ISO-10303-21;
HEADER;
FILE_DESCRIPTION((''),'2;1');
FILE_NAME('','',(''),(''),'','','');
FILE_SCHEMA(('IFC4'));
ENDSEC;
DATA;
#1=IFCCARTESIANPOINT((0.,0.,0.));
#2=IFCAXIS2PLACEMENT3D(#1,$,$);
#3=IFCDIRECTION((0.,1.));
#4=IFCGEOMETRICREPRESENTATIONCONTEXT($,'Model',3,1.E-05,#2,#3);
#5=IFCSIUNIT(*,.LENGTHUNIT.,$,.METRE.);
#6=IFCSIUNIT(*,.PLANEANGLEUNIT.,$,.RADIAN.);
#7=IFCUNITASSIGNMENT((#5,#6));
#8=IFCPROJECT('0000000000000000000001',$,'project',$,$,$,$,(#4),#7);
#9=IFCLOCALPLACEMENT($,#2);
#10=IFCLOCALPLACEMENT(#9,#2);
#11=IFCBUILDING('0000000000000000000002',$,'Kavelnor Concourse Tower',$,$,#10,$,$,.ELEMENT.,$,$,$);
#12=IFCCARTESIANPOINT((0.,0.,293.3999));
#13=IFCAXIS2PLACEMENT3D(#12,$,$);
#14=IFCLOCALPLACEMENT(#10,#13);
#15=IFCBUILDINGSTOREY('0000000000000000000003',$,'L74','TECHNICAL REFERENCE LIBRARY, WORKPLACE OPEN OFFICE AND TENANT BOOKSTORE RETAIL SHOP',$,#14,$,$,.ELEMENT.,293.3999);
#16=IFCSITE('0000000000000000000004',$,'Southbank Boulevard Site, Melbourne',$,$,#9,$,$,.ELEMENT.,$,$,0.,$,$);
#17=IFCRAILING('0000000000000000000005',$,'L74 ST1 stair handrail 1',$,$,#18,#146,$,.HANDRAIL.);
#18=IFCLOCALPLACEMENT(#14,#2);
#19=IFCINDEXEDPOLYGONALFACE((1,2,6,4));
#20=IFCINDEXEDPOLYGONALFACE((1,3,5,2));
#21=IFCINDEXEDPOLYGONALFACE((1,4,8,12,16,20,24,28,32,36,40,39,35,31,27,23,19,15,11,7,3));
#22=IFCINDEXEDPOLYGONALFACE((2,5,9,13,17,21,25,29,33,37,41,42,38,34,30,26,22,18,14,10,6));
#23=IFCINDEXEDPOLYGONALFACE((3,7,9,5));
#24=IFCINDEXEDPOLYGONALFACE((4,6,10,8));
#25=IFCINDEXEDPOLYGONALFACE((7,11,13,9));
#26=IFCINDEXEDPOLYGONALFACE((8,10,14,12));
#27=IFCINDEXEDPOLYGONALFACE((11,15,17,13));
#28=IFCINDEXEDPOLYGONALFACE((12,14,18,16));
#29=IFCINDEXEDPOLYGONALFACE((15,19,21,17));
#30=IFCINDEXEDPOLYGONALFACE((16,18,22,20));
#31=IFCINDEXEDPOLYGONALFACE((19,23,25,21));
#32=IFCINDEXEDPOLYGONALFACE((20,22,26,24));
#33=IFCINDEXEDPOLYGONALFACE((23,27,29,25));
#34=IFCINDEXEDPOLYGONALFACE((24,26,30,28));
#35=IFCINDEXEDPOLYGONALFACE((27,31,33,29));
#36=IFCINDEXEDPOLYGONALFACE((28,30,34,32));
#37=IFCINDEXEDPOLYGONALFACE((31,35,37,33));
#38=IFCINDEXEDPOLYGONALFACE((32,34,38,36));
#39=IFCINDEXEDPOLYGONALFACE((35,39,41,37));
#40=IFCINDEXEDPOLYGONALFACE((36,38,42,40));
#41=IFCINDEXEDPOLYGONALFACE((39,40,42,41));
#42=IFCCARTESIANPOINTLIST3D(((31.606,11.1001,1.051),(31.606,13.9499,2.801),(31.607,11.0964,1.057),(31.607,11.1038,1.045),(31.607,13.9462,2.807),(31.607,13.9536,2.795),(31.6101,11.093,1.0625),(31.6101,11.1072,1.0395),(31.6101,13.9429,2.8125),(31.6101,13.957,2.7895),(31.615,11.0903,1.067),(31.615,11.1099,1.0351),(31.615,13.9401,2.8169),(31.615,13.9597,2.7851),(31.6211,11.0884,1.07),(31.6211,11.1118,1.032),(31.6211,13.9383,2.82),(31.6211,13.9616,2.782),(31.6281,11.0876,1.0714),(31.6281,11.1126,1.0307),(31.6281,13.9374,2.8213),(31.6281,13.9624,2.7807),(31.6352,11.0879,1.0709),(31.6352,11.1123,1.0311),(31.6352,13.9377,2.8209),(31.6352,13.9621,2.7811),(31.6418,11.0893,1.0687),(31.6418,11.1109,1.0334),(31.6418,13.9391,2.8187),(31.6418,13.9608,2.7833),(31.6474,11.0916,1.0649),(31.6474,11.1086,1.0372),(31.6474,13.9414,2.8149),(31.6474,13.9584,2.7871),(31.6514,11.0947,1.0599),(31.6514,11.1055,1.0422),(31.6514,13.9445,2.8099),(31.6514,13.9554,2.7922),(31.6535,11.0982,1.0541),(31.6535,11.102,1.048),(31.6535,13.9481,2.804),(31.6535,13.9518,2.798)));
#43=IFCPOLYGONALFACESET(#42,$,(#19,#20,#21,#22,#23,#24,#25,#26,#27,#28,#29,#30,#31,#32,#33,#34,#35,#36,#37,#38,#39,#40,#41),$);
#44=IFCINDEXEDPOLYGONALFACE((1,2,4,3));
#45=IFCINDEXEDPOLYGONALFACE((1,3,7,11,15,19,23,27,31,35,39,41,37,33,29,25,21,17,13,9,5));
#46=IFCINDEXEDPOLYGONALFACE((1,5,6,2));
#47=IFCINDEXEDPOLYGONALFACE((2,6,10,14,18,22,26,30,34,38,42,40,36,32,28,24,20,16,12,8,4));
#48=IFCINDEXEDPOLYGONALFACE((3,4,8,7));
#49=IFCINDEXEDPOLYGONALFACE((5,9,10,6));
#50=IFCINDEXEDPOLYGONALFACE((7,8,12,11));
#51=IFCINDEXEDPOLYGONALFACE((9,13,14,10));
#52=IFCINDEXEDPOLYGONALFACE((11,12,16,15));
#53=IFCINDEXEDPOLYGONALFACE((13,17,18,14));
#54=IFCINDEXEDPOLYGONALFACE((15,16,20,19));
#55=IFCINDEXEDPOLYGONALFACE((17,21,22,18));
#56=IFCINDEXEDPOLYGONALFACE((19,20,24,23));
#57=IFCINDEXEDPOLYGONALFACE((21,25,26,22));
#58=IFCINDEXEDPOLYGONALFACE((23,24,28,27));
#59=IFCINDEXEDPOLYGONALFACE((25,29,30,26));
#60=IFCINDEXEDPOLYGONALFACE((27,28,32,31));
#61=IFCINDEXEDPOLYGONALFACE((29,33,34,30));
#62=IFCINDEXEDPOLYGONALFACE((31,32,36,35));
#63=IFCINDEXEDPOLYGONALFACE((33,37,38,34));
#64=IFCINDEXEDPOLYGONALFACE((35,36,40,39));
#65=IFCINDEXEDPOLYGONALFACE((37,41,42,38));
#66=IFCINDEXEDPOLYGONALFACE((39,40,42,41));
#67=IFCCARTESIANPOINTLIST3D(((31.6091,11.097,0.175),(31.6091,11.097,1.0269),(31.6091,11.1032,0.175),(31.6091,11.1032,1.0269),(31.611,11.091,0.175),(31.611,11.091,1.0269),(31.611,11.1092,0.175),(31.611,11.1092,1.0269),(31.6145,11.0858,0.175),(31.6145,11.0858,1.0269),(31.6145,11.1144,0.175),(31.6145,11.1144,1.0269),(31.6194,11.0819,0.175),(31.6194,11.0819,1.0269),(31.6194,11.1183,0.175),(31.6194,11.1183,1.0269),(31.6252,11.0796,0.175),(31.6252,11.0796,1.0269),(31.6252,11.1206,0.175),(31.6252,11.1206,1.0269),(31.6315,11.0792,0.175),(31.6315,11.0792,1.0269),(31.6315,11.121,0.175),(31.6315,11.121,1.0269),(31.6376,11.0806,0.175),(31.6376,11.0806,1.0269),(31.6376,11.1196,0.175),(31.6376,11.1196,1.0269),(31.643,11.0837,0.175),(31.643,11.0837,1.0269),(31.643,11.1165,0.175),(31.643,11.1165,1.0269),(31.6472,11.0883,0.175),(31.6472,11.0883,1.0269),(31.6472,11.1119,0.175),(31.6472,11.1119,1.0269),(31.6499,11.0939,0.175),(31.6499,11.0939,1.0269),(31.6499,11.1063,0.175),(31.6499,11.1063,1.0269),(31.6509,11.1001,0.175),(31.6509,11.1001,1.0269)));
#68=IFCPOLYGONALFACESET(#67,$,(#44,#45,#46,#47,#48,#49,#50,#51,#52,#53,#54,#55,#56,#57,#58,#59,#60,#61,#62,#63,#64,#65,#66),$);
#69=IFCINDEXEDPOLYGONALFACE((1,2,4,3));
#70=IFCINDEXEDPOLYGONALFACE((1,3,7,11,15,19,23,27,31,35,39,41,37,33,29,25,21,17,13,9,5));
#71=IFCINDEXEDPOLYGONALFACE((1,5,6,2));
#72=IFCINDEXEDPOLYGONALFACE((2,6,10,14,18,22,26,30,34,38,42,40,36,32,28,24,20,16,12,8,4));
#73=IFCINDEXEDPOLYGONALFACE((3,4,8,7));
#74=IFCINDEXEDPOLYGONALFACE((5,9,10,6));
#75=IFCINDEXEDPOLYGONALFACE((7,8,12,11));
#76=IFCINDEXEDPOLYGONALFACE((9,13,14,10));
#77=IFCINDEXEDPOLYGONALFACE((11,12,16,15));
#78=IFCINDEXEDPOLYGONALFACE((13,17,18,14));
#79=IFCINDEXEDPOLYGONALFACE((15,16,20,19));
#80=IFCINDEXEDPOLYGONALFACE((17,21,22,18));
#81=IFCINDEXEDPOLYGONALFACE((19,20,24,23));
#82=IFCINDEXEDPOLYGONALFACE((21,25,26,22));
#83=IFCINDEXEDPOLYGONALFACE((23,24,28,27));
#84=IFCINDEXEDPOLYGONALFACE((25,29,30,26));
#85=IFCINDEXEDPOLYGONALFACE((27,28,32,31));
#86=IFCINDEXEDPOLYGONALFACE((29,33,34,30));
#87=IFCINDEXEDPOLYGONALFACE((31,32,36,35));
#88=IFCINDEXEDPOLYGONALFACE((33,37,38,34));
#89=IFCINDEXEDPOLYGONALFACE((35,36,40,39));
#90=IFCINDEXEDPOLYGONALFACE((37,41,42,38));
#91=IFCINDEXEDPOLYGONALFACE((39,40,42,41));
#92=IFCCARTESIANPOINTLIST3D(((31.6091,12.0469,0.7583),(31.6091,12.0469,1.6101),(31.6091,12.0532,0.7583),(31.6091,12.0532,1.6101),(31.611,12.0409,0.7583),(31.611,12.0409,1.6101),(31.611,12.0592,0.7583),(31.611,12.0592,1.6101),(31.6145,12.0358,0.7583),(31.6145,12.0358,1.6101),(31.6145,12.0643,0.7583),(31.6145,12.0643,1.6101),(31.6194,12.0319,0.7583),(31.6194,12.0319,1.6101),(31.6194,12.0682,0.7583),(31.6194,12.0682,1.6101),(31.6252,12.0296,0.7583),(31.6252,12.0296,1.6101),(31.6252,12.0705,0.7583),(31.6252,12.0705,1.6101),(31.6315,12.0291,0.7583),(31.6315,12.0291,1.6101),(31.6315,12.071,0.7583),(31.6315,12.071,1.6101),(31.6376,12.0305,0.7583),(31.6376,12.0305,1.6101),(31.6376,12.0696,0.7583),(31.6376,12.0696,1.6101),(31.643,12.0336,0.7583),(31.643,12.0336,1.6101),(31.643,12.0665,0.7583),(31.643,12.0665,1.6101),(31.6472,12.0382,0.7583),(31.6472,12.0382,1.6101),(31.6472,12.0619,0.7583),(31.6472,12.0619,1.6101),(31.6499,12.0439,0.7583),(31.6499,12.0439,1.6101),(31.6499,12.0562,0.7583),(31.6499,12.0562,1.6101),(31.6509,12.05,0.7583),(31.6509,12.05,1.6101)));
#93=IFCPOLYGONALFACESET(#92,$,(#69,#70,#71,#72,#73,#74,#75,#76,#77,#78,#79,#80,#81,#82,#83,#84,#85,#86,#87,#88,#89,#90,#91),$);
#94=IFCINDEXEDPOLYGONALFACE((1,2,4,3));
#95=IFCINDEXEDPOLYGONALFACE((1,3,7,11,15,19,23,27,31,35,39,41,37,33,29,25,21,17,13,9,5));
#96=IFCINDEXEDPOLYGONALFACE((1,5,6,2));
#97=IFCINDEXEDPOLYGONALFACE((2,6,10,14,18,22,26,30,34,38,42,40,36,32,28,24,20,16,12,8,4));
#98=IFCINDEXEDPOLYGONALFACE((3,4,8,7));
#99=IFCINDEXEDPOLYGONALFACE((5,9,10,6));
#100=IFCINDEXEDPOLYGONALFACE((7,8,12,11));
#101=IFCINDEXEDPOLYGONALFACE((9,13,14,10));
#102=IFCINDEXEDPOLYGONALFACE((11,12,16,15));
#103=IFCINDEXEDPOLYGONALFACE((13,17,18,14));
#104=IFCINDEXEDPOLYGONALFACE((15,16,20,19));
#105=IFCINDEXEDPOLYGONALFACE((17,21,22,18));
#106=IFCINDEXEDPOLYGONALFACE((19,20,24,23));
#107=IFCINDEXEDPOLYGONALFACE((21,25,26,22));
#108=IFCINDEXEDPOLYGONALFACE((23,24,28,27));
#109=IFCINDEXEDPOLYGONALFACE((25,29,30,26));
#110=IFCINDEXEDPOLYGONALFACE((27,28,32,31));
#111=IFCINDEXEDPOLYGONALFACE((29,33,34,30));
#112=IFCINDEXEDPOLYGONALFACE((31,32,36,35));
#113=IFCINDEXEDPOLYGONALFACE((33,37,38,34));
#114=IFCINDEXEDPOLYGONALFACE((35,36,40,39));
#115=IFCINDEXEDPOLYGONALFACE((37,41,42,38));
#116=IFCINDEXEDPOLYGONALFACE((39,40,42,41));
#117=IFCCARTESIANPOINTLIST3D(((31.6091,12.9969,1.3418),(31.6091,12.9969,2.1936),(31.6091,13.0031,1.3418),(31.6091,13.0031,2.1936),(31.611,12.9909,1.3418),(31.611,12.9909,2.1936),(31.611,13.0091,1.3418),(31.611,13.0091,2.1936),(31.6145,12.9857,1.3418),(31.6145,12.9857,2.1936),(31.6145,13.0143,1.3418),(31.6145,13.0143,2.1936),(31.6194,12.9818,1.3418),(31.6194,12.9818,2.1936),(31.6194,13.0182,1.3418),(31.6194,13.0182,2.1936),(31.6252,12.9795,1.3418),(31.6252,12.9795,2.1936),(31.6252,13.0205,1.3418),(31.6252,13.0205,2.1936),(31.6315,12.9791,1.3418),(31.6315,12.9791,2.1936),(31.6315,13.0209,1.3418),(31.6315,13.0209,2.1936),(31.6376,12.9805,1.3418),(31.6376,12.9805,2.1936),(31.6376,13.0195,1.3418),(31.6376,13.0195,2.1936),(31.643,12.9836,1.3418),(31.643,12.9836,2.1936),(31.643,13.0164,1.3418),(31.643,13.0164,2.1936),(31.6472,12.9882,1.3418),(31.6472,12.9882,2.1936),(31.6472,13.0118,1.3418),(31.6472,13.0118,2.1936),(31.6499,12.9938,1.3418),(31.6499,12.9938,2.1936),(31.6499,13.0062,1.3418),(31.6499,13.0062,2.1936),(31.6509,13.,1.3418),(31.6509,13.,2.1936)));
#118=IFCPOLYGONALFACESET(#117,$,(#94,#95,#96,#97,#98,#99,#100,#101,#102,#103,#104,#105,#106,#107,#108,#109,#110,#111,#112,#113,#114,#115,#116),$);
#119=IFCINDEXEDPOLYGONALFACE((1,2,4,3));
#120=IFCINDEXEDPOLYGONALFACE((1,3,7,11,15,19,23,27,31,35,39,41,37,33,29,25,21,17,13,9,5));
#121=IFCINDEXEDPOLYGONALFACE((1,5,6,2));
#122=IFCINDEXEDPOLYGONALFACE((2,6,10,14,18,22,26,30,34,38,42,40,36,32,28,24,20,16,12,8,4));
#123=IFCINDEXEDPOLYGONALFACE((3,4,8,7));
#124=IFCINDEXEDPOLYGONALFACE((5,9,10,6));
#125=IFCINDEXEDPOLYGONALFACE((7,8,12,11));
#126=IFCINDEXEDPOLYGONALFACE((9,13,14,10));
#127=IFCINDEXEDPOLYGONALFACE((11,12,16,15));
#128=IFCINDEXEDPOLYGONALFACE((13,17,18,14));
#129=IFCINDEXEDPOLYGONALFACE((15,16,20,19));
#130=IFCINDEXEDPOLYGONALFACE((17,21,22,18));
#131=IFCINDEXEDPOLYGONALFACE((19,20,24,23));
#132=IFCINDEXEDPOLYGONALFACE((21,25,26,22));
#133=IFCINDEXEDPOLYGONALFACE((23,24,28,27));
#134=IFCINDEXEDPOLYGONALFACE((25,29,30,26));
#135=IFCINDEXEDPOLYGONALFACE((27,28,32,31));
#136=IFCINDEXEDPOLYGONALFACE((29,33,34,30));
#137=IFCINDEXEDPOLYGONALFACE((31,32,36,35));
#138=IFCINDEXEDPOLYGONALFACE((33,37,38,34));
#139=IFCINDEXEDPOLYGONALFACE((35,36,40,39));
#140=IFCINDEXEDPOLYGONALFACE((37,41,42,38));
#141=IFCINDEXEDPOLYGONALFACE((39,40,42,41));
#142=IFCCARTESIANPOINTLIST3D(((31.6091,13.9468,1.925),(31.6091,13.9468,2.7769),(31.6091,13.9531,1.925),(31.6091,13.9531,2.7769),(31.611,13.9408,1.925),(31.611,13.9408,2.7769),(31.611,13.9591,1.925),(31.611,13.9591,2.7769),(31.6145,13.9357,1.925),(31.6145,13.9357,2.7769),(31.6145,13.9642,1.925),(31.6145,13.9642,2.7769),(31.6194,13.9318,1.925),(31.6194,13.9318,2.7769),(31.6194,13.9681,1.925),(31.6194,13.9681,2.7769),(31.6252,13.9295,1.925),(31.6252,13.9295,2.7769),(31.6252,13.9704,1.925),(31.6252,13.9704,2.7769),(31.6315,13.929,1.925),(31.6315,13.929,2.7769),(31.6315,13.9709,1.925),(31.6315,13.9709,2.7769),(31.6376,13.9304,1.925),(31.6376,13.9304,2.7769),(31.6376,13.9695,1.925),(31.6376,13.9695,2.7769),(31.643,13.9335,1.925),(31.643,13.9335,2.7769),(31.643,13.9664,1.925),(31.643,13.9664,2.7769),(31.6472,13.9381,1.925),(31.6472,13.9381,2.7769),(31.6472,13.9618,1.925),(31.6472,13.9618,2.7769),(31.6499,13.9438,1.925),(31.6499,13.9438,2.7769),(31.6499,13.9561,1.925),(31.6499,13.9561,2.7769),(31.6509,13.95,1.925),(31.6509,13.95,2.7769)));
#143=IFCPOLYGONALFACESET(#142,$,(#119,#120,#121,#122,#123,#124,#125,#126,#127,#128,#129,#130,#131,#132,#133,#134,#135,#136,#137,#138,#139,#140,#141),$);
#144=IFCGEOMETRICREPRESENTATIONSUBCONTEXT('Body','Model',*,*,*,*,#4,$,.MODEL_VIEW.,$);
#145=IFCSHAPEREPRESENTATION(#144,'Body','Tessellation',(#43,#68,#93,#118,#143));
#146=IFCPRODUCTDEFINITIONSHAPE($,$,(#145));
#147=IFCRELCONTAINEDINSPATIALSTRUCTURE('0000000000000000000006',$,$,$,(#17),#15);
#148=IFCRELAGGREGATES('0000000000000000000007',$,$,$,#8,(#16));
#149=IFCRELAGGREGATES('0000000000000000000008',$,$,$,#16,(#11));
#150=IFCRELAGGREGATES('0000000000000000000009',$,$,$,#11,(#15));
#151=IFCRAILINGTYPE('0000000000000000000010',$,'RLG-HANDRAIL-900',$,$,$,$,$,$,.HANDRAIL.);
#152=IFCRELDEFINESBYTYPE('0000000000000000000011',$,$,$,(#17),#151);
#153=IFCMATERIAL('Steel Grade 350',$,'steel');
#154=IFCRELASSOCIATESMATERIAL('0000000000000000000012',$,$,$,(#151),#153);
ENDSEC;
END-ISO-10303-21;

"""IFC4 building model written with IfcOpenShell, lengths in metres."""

from ifc_helpers import new_model, si_unit, direction, frame, origin, origin_2d, place, context, subcontext, project, spatial, circle, extrude, material, type_object, element, save


model = new_model("IFC4")

# Units and contexts
model_context = context("Model", 3, precision=1e-05, world=origin(), true_north=direction((0.0, 1.0)))
body_context = subcontext(model_context, "Body", "Model", "MODEL_VIEW")
ifc_project = project(units=[si_unit("LENGTHUNIT", "METRE"), si_unit("PLANEANGLEUNIT", "RADIAN")], contexts=[model_context])

# Site, building, storey
site_placement = place(None, origin())
site = spatial("IfcSite", under=ifc_project, at=site_placement, Name="Southbank Boulevard Site, Melbourne", CompositionType="ELEMENT", RefElevation=0.0)
building_placement = place(site_placement, origin())
building = spatial("IfcBuilding", under=site, at=building_placement, Name="Kavelnor Concourse Tower", CompositionType="ELEMENT")
storey_placement = place(building_placement, frame((0.0, 0.0, 293.3999)))
storey = spatial("IfcBuildingStorey", under=building, at=storey_placement, Name="L74", Description="TECHNICAL REFERENCE LIBRARY, WORKPLACE OPEN OFFICE AND TENANT BOOKSTORE RETAIL SHOP", CompositionType="ELEMENT", Elevation=293.3999)

# Shared definitions
ifc_material_1 = material(Name="Steel Grade 350", Category="steel")

# Railing
railing_type = type_object("IfcRailingType", Name="RLG-HANDRAIL-900", PredefinedType="HANDRAIL", material=ifc_material_1)
railing_placement = place(storey_placement, frame((31.6299, 11.1001, 0.175)))
element("IfcRailing", 1, at=railing_placement, inside=storey, type_object=railing_type, Name="L74 ST1 stair handrail 1", PredefinedType="HANDRAIL", context=body_context, shape_type="SweptSolid", body=[
    extrude(circle(Radius=0.0239, at=origin_2d()), frame((0.0, 0.0, 0.876), z_axis=(0.0, 0.852159, 0.523283), x_axis=(-1.0, 0.0, 0.0)), (0.0, 0.0, 1.0), 3.3442),
    extrude(circle(Radius=0.021, at=origin_2d()), origin(), (0.0, 0.0, 1.0), 0.8518),
    extrude(circle(Radius=0.021, at=origin_2d()), frame((0.0, 0.95, 0.5833)), (0.0, 0.0, 1.0), 0.8518),
    extrude(circle(Radius=0.021, at=origin_2d()), frame((0.0, 1.8999, 1.1667)), (0.0, 0.0, 1.0), 0.8518),
    extrude(circle(Radius=0.021, at=origin_2d()), frame((0.0, 2.8499, 1.75)), (0.0, 0.0, 1.0), 0.8518),
])

save(model, "model.ifc")
